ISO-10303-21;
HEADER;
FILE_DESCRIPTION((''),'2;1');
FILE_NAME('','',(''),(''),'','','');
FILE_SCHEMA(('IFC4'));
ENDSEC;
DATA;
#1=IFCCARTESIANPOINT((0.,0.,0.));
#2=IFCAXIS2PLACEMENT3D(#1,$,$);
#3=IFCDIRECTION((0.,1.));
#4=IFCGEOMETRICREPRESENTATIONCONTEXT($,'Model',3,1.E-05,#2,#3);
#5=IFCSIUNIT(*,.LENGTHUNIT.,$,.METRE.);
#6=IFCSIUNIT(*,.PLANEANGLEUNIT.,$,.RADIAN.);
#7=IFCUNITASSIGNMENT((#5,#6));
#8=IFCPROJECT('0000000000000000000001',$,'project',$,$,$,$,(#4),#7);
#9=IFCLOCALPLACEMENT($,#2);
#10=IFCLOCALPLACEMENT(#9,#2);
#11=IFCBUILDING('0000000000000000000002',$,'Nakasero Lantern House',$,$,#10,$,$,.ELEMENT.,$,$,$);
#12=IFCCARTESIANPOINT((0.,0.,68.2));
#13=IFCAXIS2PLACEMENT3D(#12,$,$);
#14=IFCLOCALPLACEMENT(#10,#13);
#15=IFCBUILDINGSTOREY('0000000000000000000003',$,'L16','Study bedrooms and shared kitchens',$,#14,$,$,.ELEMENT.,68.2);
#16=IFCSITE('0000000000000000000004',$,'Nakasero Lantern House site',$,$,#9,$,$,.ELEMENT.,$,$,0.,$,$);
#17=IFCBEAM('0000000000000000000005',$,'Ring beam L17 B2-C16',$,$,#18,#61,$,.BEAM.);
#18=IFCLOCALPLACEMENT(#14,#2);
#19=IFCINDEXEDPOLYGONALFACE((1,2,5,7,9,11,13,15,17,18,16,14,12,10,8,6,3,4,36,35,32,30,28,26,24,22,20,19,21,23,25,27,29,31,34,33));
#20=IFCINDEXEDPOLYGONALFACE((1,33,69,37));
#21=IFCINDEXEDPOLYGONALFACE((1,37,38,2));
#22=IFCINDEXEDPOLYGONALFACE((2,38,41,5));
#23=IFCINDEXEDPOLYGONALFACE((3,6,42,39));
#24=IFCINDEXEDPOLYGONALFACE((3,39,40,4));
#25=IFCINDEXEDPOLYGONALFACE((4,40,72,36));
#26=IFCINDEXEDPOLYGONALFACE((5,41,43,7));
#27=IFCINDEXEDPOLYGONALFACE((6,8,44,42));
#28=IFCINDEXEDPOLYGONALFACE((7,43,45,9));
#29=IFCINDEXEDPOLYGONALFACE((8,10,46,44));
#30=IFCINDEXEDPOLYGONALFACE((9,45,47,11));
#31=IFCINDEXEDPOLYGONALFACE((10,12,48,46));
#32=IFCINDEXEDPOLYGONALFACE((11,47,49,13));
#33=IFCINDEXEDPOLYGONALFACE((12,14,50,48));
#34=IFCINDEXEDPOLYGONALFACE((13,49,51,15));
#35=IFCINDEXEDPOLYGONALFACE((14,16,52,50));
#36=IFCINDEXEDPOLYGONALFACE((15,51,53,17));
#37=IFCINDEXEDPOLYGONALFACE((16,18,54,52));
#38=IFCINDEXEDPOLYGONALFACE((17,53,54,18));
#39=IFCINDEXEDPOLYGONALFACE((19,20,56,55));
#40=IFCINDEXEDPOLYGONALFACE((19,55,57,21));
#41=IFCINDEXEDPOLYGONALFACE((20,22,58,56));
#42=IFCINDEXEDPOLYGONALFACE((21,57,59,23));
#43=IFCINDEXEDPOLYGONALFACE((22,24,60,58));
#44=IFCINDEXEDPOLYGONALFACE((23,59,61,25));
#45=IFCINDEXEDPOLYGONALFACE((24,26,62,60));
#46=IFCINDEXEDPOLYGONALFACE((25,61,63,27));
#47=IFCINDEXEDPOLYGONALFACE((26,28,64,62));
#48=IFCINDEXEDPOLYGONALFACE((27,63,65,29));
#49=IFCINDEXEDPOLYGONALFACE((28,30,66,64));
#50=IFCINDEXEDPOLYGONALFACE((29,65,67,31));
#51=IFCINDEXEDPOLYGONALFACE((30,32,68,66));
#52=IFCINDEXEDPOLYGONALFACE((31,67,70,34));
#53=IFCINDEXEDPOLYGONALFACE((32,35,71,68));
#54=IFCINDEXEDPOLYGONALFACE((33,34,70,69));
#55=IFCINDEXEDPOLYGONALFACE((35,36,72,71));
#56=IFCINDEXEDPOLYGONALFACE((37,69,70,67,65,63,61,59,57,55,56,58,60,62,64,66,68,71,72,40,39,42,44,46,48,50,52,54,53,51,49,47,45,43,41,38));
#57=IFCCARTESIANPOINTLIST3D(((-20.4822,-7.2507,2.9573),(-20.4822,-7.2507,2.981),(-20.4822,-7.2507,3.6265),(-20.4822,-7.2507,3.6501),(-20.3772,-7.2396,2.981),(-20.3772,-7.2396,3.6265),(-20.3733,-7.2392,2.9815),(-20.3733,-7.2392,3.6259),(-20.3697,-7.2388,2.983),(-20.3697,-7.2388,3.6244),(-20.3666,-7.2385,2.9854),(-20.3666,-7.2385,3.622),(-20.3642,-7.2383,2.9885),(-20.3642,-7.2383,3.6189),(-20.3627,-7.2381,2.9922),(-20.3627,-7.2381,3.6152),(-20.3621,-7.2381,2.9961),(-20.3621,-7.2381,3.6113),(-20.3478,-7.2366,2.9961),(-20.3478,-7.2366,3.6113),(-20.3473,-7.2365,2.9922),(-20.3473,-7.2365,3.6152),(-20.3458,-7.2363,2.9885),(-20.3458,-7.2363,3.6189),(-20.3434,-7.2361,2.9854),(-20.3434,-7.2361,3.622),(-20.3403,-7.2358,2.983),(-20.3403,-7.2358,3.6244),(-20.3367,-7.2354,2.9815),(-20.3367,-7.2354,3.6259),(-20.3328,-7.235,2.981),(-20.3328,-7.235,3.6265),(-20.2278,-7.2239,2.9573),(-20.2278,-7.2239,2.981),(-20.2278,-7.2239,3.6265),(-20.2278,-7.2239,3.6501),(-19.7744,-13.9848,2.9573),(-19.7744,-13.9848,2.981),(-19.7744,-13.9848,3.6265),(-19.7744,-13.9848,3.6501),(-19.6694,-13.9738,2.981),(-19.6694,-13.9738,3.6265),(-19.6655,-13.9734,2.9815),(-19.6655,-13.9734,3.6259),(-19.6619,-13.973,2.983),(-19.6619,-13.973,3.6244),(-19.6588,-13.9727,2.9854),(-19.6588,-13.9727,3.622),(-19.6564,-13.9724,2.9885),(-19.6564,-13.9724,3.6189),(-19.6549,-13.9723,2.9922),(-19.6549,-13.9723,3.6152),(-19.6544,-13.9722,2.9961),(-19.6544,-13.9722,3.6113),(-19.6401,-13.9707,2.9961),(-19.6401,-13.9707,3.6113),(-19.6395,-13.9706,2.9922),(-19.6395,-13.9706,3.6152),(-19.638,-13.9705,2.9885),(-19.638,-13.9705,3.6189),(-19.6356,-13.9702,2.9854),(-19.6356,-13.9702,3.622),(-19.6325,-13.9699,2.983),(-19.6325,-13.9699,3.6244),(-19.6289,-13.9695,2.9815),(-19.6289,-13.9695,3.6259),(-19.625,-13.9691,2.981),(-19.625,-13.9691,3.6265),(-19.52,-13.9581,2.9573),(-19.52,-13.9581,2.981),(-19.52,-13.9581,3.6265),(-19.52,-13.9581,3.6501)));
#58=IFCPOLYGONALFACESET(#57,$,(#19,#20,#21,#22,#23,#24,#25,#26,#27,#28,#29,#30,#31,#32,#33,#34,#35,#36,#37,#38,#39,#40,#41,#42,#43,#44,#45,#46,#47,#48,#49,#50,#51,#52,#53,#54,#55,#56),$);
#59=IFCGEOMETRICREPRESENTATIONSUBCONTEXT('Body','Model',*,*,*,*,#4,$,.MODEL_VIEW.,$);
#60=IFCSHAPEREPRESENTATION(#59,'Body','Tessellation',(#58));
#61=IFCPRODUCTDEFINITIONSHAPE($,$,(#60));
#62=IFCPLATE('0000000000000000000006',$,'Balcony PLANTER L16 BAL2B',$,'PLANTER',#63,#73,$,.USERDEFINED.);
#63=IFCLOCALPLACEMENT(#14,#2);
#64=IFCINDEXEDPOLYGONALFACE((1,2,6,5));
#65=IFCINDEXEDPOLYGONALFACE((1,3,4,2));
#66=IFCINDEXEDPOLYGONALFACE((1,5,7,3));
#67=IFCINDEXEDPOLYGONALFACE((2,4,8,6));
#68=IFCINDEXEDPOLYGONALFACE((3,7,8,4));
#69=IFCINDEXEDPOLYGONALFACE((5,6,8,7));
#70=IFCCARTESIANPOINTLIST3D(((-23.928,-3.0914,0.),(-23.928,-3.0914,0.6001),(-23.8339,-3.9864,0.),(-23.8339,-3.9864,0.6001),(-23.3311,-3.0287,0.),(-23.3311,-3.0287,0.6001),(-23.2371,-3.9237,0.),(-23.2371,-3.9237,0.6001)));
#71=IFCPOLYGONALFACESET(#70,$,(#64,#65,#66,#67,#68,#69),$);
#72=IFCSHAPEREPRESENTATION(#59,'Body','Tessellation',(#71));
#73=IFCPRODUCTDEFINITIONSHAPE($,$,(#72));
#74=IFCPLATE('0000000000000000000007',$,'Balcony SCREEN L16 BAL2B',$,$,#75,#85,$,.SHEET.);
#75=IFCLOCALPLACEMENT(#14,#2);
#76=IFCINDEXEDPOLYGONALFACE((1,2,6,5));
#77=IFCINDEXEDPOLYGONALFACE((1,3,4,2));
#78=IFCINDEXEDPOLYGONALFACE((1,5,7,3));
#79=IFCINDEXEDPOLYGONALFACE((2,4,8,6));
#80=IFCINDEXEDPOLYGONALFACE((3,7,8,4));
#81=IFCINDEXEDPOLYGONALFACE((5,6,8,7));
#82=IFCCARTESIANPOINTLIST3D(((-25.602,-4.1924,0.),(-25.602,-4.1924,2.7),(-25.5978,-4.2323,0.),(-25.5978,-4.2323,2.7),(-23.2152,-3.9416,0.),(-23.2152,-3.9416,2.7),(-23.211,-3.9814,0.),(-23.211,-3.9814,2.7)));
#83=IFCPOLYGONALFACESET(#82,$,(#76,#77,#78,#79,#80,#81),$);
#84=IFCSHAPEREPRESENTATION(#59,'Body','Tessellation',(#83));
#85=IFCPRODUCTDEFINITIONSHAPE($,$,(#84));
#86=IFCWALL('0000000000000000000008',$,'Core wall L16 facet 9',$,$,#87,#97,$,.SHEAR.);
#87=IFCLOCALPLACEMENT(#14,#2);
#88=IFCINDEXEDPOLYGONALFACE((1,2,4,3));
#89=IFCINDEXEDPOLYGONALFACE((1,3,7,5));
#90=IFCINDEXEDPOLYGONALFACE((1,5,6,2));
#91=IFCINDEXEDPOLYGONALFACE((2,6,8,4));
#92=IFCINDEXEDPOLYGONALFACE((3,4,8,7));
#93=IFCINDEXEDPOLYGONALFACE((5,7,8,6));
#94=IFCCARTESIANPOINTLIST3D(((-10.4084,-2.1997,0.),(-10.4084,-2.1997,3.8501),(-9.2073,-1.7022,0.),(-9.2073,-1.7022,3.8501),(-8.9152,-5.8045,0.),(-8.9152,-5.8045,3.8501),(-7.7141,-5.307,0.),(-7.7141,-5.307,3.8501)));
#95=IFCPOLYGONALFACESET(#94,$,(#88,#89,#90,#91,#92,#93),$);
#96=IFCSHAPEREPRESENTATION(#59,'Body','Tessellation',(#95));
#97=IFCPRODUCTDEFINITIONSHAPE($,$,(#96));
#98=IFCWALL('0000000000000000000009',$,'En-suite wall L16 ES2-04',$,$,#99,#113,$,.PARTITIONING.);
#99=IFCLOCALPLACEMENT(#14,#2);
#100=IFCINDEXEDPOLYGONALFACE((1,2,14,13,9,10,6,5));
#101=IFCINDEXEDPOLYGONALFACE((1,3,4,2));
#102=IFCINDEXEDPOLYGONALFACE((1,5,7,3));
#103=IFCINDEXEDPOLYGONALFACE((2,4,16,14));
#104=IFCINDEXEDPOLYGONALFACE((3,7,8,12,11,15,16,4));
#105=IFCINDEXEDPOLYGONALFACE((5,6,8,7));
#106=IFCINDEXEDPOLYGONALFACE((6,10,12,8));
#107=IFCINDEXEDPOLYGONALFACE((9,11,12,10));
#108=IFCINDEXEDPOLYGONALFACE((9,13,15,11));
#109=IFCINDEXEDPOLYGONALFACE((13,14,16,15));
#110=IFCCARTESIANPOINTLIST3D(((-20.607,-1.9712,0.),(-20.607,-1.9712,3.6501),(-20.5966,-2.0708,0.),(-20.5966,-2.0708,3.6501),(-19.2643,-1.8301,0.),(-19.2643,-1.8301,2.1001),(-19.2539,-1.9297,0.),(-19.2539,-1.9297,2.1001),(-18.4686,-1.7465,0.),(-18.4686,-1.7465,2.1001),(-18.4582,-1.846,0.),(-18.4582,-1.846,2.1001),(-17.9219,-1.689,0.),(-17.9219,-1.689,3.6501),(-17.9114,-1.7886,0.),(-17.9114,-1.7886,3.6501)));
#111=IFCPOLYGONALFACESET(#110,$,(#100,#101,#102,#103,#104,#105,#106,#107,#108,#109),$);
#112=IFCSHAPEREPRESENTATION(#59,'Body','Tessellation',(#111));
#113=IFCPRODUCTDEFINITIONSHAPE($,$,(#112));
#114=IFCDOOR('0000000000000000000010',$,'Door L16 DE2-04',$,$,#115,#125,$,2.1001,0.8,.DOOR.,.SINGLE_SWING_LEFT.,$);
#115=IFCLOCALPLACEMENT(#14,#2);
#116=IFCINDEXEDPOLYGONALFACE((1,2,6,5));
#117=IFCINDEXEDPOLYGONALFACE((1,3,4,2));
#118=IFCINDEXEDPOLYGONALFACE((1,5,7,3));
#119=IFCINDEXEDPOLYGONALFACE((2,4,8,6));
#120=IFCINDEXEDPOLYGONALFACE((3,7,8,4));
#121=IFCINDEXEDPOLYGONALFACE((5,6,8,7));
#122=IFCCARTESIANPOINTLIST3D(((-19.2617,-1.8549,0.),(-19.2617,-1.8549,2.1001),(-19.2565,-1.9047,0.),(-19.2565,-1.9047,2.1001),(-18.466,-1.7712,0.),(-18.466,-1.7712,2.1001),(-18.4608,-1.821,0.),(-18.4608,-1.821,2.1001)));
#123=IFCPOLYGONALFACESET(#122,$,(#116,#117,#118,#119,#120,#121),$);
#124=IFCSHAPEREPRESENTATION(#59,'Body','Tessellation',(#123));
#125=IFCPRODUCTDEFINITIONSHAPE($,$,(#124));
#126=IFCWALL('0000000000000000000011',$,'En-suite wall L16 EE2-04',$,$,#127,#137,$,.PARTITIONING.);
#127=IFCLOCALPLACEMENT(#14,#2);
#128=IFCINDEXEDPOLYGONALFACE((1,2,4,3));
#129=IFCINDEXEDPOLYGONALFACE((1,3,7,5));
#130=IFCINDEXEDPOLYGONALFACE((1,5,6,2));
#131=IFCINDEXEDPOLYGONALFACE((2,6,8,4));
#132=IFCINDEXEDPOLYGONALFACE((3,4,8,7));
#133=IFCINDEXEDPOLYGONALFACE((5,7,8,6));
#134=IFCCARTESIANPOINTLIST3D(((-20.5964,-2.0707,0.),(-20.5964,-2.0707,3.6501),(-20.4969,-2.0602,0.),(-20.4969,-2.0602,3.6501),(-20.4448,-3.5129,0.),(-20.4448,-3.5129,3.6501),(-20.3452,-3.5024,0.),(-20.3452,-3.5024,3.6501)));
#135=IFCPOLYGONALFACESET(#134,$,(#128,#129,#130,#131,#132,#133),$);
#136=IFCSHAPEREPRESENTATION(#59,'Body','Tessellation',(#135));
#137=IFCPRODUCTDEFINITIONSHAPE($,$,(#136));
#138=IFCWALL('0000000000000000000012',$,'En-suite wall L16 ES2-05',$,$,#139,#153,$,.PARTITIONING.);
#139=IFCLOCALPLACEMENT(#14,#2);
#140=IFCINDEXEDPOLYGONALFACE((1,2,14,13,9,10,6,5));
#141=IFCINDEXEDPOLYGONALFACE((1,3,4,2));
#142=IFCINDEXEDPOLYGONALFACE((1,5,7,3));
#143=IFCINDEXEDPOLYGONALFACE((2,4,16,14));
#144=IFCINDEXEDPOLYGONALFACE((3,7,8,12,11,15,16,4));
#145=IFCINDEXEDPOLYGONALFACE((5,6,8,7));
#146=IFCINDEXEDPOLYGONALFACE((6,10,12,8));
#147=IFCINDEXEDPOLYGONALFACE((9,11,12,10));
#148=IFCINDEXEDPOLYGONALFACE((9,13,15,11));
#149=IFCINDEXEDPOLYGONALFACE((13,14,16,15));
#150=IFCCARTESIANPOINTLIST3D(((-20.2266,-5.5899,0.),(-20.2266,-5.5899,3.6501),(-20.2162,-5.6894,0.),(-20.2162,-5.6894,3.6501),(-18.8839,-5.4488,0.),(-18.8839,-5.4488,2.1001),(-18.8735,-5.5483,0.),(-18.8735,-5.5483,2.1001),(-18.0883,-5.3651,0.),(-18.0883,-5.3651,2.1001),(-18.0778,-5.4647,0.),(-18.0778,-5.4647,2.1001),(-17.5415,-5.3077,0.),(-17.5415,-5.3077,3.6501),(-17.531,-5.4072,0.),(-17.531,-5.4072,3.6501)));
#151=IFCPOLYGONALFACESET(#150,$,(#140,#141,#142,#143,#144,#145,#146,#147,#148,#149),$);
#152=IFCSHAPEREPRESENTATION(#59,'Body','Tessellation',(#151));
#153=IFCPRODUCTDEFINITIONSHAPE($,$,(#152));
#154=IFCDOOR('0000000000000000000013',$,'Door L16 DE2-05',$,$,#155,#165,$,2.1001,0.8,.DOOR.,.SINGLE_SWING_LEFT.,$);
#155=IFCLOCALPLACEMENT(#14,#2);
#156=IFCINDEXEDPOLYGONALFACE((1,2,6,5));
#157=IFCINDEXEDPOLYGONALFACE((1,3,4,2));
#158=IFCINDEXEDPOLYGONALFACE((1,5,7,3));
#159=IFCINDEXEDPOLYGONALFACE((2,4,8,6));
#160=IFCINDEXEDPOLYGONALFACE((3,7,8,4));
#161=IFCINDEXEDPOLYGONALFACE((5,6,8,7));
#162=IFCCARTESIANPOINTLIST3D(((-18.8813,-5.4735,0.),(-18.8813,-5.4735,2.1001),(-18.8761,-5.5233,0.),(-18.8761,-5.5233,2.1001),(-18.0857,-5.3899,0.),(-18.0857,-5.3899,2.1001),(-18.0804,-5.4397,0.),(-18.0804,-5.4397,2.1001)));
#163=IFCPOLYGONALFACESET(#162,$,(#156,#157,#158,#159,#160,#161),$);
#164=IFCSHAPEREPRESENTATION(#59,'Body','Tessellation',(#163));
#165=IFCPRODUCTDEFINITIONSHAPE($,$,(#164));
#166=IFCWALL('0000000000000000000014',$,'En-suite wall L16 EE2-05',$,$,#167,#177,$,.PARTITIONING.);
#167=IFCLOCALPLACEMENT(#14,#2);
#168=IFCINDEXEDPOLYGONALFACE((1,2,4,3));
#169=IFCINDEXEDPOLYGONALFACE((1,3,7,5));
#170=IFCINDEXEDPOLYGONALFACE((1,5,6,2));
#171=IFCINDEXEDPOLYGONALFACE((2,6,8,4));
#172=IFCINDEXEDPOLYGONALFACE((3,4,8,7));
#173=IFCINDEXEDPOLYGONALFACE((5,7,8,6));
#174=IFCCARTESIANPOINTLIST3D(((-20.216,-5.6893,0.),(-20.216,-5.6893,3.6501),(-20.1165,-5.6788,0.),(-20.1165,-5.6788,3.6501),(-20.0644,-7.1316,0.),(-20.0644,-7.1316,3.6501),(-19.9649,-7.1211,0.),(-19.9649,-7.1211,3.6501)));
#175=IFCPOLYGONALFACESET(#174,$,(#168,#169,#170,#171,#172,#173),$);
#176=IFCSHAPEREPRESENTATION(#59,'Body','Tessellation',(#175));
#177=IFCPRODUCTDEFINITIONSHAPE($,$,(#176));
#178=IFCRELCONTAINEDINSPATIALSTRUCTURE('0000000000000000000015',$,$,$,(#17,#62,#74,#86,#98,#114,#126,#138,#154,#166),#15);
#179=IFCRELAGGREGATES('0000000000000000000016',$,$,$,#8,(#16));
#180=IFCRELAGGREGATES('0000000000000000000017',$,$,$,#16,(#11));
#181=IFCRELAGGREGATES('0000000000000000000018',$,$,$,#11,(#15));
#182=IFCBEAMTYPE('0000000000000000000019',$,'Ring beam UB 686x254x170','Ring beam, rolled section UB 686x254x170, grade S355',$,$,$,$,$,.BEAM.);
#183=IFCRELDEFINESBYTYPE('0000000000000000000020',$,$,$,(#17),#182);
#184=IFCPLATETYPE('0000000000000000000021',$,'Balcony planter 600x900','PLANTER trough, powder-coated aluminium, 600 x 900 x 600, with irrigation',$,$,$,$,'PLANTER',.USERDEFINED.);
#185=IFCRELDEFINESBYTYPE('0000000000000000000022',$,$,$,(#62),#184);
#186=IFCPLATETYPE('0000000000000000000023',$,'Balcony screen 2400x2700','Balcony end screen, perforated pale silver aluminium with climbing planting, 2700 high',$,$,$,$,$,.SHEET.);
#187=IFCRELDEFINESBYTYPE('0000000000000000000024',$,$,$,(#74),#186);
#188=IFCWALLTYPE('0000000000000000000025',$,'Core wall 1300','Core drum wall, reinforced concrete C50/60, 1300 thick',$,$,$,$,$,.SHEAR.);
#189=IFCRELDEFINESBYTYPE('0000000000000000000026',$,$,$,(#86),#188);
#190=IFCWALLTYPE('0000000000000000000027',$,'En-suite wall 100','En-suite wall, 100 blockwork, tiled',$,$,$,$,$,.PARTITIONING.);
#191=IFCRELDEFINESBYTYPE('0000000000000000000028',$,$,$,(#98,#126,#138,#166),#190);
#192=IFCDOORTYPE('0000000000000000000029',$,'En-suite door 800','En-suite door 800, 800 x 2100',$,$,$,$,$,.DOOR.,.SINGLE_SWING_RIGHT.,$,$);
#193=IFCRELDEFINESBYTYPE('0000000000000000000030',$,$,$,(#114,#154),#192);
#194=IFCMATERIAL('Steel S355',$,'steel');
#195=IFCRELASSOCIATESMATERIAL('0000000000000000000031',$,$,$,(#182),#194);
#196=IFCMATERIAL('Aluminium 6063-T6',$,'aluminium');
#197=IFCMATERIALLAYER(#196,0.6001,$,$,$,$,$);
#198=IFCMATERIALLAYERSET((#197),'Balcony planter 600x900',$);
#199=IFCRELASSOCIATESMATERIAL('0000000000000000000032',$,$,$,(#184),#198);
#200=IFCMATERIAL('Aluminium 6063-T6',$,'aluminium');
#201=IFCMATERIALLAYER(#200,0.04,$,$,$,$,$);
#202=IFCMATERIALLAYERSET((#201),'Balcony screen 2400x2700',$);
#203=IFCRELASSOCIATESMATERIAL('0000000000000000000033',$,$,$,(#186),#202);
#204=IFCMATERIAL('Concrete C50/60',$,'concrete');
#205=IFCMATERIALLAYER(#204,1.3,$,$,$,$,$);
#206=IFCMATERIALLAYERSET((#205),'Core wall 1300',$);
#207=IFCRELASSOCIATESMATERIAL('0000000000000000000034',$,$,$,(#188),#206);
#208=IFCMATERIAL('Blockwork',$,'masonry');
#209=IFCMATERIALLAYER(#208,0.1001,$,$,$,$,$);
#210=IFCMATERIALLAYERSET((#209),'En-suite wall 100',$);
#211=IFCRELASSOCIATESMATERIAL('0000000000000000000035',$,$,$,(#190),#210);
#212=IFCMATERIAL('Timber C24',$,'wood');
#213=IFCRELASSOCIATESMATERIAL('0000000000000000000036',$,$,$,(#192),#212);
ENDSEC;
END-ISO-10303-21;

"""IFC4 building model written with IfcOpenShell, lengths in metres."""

from ifc_helpers import new_model, si_unit, direction, frame, frame_2d, origin, origin_2d, place, context, subcontext, project, spatial, rectangle, i_section, extrude, material, layer, layer_set, material_profile, profile_set, type_object, element, fill, save


model = new_model("IFC4")

# Units and contexts
model_context = context("Model", 3, precision=1e-05, world=origin(), true_north=direction((0.0, 1.0)))
body_context = subcontext(model_context, "Body", "Model", "MODEL_VIEW")
ifc_project = project(units=[si_unit("LENGTHUNIT", "METRE"), si_unit("PLANEANGLEUNIT", "RADIAN")], contexts=[model_context])

# Site, building, storey
site_placement = place(None, origin())
site = spatial("IfcSite", under=ifc_project, at=site_placement, Name="Nakasero Lantern House site", CompositionType="ELEMENT", RefElevation=0.0)
building_placement = place(site_placement, origin())
building = spatial("IfcBuilding", under=site, at=building_placement, Name="Nakasero Lantern House", CompositionType="ELEMENT")
storey_placement = place(building_placement, frame((0.0, 0.0, 68.2)))
storey = spatial("IfcBuildingStorey", under=building, at=storey_placement, Name="L16", Description="Study bedrooms and shared kitchens", CompositionType="ELEMENT", Elevation=68.2)

# Beam
ifc_material_1 = material(Name="Steel S355", Category="steel")
ifc_material_profile_1 = material_profile(ifc_material_1, i_section(OverallWidth=0.2559, OverallDepth=0.6929, WebThickness=0.0144, FlangeThickness=0.0237, FilletRadius=0.0151, at=origin_2d()), Name="UB 686x254x170")
ifc_profile_set_1 = profile_set([ifc_material_profile_1], Name="Steel S355")
beam_type_1 = type_object("IfcBeamType", Name="Ring beam UB 686x254x170", Description="Ring beam, rolled section UB 686x254x170, grade S355", PredefinedType="BEAM", material=ifc_profile_set_1)
beam_1_placement = place(storey_placement, frame((-20.355, -7.2373, 3.3037), z_axis=(0.104525, -0.994522, 0.0), x_axis=(0.994522, 0.104525, 0.0)))
element("IfcBeam", 1, at=beam_1_placement, inside=storey, type_object=beam_type_1, Name="Ring beam L17 B2-C16", PredefinedType="BEAM", context=body_context, shape_type="SweptSolid", body=[
    extrude(i_section(OverallWidth=0.2559, OverallDepth=0.6929, WebThickness=0.0144, FlangeThickness=0.0237, FilletRadius=0.0151, at=origin_2d()), origin(), (0.0, 0.0, 1.0), 6.7712),
])

# Plates
ifc_material_2 = material(Name="Aluminium 6063-T6", Category="aluminium")
ifc_layer_1 = layer(ifc_material_2, 0.6001)
ifc_layer_set_1 = layer_set([ifc_layer_1], Name="Balcony planter 600x900")
plate_type_1 = type_object("IfcPlateType", Name="Balcony planter 600x900", Description="PLANTER trough, powder-coated aluminium, 600 x 900 x 600, with irrigation", ElementType="PLANTER", PredefinedType="USERDEFINED", material=ifc_layer_set_1)
plate_1_placement = place(storey_placement, frame((-23.5825, -3.5076, 0.0), z_axis=(0.0, 0.0, 1.0), x_axis=(-0.994522, -0.104528, 0.0)))
element("IfcPlate", 2, at=plate_1_placement, inside=storey, type_object=plate_type_1, Name="Balcony PLANTER L16 BAL2B", ObjectType="PLANTER", PredefinedType="USERDEFINED", context=body_context, shape_type="SweptSolid", body=[
    extrude(rectangle(XDim=0.6001, YDim=0.8999, at=origin_2d()), origin(), (0.0, 0.0, 1.0), 0.6001),
])
ifc_material_3 = material(Name="Aluminium 6063-T6", Category="aluminium")
ifc_layer_2 = layer(ifc_material_3, 0.04)
ifc_layer_set_2 = layer_set([ifc_layer_2], Name="Balcony screen 2400x2700")
plate_type_2 = type_object("IfcPlateType", Name="Balcony screen 2400x2700", Description="Balcony end screen, perforated pale silver aluminium with climbing planting, 2700 high", PredefinedType="SHEET", material=ifc_layer_set_2)
plate_2_placement = place(storey_placement, frame((-24.4065, -4.0869, 0.0), z_axis=(0.0, 0.0, 1.0), x_axis=(-0.994522, -0.104528, 0.0)))
element("IfcPlate", 3, at=plate_2_placement, inside=storey, type_object=plate_type_2, Name="Balcony SCREEN L16 BAL2B", PredefinedType="SHEET", context=body_context, shape_type="SweptSolid", body=[
    extrude(rectangle(XDim=2.3999, YDim=0.04, at=origin_2d()), origin(), (0.0, 0.0, 1.0), 2.7),
])

# Wall
ifc_material_4 = material(Name="Concrete C50/60", Category="concrete")
ifc_layer_3 = layer(ifc_material_4, 1.3)
ifc_layer_set_3 = layer_set([ifc_layer_3], Name="Core wall 1300")
wall_type_1 = type_object("IfcWallType", Name="Core wall 1300", Description="Core drum wall, reinforced concrete C50/60, 1300 thick", PredefinedType="SHEAR", material=ifc_layer_set_3)
wall_1_placement = place(storey_placement, frame((-9.8079, -1.9509, 0.0), z_axis=(0.0, 0.0, 1.0), x_axis=(0.382691, -0.923877, 0.0)))
element("IfcWall", 4, at=wall_1_placement, inside=storey, type_object=wall_type_1, Name="Core wall L16 facet 9", PredefinedType="SHEAR", context=body_context, shape_type="SweptSolid", body=[
    extrude(rectangle(XDim=3.9019, YDim=1.3, at=frame_2d((1.9509, 0.0))), origin(), (0.0, 0.0, 1.0), 3.8501),
])

# Wall, opening, door
ifc_material_5 = material(Name="Blockwork", Category="masonry")
ifc_layer_4 = layer(ifc_material_5, 0.1001)
ifc_layer_set_4 = layer_set([ifc_layer_4], Name="En-suite wall 100")
wall_type_2 = type_object("IfcWallType", Name="En-suite wall 100", Description="En-suite wall, 100 blockwork, tiled", PredefinedType="PARTITIONING", material=ifc_layer_set_4)
wall_2_placement = place(storey_placement, frame((-17.9165, -1.7388, 0.0), z_axis=(0.0, 0.0, 1.0), x_axis=(-0.994521, -0.104534, 0.0)))
wall_2 = element("IfcWall", 5, at=wall_2_placement, inside=storey, type_object=wall_type_2, Name="En-suite wall L16 ES2-04", PredefinedType="PARTITIONING", context=body_context, shape_type="SweptSolid", body=[
    extrude(rectangle(XDim=2.7, YDim=0.1001, at=frame_2d((1.3501, 0.0))), origin(), (0.0, 0.0, 1.0), 3.6501),
])
opening_1_placement = place(wall_2_placement, frame((0.55, 0.0, 0.0)))
opening_1 = element("IfcOpeningElement", 6, at=opening_1_placement, cuts=wall_2, PredefinedType="OPENING", context=body_context, shape_type="SweptSolid", body=[
    extrude(rectangle(XDim=0.8, YDim=2.1001, at=frame_2d((0.3999, 1.05))), frame((0.0, 0.0701, 0.0), z_axis=(0.0, -1.0, 0.0), x_axis=(1.0, 0.0, 0.0)), (0.0, 0.0, 1.0), 0.1401),
])
ifc_material_6 = material(Name="Timber C24", Category="wood")
door_type = type_object("IfcDoorType", Name="En-suite door 800", Description="En-suite door 800, 800 x 2100", OperationType="SINGLE_SWING_RIGHT", PredefinedType="DOOR", material=ifc_material_6)
door_1_placement = place(opening_1_placement, origin())
door_1 = element("IfcDoor", 7, at=door_1_placement, inside=storey, type_object=door_type, Name="Door L16 DE2-04", OperationType="SINGLE_SWING_LEFT", OverallHeight=2.1001, OverallWidth=0.8, PredefinedType="DOOR", context=body_context, shape_type="SweptSolid", body=[
    extrude(rectangle(XDim=0.8, YDim=2.1001, at=frame_2d((0.3999, 1.05))), frame((0.0, 0.0249, 0.0), z_axis=(0.0, -1.0, 0.0), x_axis=(1.0, 0.0, 0.0)), (0.0, 0.0, 1.0), 0.05),
])
fill(opening_1, door_1)

# Wall
wall_3_placement = place(storey_placement, frame((-20.5466, -2.0654, 0.0), z_axis=(0.0, 0.0, 1.0), x_axis=(0.104553, -0.994519, 0.0)))
element("IfcWall", 8, at=wall_3_placement, inside=storey, type_object=wall_type_2, Name="En-suite wall L16 EE2-04", PredefinedType="PARTITIONING", context=body_context, shape_type="SweptSolid", body=[
    extrude(rectangle(XDim=1.4502, YDim=0.1001, at=frame_2d((0.7251, 0.0))), origin(), (0.0, 0.0, 1.0), 3.6501),
])

# Wall, opening, door
wall_4_placement = place(storey_placement, frame((-17.5361, -5.3574, 0.0), z_axis=(0.0, 0.0, 1.0), x_axis=(-0.994521, -0.104534, 0.0)))
wall_4 = element("IfcWall", 9, at=wall_4_placement, inside=storey, type_object=wall_type_2, Name="En-suite wall L16 ES2-05", PredefinedType="PARTITIONING", context=body_context, shape_type="SweptSolid", body=[
    extrude(rectangle(XDim=2.7, YDim=0.1001, at=frame_2d((1.3501, 0.0))), origin(), (0.0, 0.0, 1.0), 3.6501),
])
opening_2_placement = place(wall_4_placement, frame((0.55, 0.0, 0.0)))
opening_2 = element("IfcOpeningElement", 10, at=opening_2_placement, cuts=wall_4, PredefinedType="OPENING", context=body_context, shape_type="SweptSolid", body=[
    extrude(rectangle(XDim=0.8, YDim=2.1001, at=frame_2d((0.3999, 1.05))), frame((0.0, 0.0701, 0.0), z_axis=(0.0, -1.0, 0.0), x_axis=(1.0, 0.0, 0.0)), (0.0, 0.0, 1.0), 0.1401),
])
door_2_placement = place(opening_2_placement, origin())
door_2 = element("IfcDoor", 11, at=door_2_placement, inside=storey, type_object=door_type, Name="Door L16 DE2-05", OperationType="SINGLE_SWING_LEFT", OverallHeight=2.1001, OverallWidth=0.8, PredefinedType="DOOR", context=body_context, shape_type="SweptSolid", body=[
    extrude(rectangle(XDim=0.8, YDim=2.1001, at=frame_2d((0.3999, 1.05))), frame((0.0, 0.0249, 0.0), z_axis=(0.0, -1.0, 0.0), x_axis=(1.0, 0.0, 0.0)), (0.0, 0.0, 1.0), 0.05),
])
fill(opening_2, door_2)

# Wall
wall_5_placement = place(storey_placement, frame((-20.1663, -5.6841, 0.0), z_axis=(0.0, 0.0, 1.0), x_axis=(0.104553, -0.994519, 0.0)))
element("IfcWall", 12, at=wall_5_placement, inside=storey, type_object=wall_type_2, Name="En-suite wall L16 EE2-05", PredefinedType="PARTITIONING", context=body_context, shape_type="SweptSolid", body=[
    extrude(rectangle(XDim=1.4502, YDim=0.1001, at=frame_2d((0.7251, 0.0))), origin(), (0.0, 0.0, 1.0), 3.6501),
])

save(model, "model.ifc")
